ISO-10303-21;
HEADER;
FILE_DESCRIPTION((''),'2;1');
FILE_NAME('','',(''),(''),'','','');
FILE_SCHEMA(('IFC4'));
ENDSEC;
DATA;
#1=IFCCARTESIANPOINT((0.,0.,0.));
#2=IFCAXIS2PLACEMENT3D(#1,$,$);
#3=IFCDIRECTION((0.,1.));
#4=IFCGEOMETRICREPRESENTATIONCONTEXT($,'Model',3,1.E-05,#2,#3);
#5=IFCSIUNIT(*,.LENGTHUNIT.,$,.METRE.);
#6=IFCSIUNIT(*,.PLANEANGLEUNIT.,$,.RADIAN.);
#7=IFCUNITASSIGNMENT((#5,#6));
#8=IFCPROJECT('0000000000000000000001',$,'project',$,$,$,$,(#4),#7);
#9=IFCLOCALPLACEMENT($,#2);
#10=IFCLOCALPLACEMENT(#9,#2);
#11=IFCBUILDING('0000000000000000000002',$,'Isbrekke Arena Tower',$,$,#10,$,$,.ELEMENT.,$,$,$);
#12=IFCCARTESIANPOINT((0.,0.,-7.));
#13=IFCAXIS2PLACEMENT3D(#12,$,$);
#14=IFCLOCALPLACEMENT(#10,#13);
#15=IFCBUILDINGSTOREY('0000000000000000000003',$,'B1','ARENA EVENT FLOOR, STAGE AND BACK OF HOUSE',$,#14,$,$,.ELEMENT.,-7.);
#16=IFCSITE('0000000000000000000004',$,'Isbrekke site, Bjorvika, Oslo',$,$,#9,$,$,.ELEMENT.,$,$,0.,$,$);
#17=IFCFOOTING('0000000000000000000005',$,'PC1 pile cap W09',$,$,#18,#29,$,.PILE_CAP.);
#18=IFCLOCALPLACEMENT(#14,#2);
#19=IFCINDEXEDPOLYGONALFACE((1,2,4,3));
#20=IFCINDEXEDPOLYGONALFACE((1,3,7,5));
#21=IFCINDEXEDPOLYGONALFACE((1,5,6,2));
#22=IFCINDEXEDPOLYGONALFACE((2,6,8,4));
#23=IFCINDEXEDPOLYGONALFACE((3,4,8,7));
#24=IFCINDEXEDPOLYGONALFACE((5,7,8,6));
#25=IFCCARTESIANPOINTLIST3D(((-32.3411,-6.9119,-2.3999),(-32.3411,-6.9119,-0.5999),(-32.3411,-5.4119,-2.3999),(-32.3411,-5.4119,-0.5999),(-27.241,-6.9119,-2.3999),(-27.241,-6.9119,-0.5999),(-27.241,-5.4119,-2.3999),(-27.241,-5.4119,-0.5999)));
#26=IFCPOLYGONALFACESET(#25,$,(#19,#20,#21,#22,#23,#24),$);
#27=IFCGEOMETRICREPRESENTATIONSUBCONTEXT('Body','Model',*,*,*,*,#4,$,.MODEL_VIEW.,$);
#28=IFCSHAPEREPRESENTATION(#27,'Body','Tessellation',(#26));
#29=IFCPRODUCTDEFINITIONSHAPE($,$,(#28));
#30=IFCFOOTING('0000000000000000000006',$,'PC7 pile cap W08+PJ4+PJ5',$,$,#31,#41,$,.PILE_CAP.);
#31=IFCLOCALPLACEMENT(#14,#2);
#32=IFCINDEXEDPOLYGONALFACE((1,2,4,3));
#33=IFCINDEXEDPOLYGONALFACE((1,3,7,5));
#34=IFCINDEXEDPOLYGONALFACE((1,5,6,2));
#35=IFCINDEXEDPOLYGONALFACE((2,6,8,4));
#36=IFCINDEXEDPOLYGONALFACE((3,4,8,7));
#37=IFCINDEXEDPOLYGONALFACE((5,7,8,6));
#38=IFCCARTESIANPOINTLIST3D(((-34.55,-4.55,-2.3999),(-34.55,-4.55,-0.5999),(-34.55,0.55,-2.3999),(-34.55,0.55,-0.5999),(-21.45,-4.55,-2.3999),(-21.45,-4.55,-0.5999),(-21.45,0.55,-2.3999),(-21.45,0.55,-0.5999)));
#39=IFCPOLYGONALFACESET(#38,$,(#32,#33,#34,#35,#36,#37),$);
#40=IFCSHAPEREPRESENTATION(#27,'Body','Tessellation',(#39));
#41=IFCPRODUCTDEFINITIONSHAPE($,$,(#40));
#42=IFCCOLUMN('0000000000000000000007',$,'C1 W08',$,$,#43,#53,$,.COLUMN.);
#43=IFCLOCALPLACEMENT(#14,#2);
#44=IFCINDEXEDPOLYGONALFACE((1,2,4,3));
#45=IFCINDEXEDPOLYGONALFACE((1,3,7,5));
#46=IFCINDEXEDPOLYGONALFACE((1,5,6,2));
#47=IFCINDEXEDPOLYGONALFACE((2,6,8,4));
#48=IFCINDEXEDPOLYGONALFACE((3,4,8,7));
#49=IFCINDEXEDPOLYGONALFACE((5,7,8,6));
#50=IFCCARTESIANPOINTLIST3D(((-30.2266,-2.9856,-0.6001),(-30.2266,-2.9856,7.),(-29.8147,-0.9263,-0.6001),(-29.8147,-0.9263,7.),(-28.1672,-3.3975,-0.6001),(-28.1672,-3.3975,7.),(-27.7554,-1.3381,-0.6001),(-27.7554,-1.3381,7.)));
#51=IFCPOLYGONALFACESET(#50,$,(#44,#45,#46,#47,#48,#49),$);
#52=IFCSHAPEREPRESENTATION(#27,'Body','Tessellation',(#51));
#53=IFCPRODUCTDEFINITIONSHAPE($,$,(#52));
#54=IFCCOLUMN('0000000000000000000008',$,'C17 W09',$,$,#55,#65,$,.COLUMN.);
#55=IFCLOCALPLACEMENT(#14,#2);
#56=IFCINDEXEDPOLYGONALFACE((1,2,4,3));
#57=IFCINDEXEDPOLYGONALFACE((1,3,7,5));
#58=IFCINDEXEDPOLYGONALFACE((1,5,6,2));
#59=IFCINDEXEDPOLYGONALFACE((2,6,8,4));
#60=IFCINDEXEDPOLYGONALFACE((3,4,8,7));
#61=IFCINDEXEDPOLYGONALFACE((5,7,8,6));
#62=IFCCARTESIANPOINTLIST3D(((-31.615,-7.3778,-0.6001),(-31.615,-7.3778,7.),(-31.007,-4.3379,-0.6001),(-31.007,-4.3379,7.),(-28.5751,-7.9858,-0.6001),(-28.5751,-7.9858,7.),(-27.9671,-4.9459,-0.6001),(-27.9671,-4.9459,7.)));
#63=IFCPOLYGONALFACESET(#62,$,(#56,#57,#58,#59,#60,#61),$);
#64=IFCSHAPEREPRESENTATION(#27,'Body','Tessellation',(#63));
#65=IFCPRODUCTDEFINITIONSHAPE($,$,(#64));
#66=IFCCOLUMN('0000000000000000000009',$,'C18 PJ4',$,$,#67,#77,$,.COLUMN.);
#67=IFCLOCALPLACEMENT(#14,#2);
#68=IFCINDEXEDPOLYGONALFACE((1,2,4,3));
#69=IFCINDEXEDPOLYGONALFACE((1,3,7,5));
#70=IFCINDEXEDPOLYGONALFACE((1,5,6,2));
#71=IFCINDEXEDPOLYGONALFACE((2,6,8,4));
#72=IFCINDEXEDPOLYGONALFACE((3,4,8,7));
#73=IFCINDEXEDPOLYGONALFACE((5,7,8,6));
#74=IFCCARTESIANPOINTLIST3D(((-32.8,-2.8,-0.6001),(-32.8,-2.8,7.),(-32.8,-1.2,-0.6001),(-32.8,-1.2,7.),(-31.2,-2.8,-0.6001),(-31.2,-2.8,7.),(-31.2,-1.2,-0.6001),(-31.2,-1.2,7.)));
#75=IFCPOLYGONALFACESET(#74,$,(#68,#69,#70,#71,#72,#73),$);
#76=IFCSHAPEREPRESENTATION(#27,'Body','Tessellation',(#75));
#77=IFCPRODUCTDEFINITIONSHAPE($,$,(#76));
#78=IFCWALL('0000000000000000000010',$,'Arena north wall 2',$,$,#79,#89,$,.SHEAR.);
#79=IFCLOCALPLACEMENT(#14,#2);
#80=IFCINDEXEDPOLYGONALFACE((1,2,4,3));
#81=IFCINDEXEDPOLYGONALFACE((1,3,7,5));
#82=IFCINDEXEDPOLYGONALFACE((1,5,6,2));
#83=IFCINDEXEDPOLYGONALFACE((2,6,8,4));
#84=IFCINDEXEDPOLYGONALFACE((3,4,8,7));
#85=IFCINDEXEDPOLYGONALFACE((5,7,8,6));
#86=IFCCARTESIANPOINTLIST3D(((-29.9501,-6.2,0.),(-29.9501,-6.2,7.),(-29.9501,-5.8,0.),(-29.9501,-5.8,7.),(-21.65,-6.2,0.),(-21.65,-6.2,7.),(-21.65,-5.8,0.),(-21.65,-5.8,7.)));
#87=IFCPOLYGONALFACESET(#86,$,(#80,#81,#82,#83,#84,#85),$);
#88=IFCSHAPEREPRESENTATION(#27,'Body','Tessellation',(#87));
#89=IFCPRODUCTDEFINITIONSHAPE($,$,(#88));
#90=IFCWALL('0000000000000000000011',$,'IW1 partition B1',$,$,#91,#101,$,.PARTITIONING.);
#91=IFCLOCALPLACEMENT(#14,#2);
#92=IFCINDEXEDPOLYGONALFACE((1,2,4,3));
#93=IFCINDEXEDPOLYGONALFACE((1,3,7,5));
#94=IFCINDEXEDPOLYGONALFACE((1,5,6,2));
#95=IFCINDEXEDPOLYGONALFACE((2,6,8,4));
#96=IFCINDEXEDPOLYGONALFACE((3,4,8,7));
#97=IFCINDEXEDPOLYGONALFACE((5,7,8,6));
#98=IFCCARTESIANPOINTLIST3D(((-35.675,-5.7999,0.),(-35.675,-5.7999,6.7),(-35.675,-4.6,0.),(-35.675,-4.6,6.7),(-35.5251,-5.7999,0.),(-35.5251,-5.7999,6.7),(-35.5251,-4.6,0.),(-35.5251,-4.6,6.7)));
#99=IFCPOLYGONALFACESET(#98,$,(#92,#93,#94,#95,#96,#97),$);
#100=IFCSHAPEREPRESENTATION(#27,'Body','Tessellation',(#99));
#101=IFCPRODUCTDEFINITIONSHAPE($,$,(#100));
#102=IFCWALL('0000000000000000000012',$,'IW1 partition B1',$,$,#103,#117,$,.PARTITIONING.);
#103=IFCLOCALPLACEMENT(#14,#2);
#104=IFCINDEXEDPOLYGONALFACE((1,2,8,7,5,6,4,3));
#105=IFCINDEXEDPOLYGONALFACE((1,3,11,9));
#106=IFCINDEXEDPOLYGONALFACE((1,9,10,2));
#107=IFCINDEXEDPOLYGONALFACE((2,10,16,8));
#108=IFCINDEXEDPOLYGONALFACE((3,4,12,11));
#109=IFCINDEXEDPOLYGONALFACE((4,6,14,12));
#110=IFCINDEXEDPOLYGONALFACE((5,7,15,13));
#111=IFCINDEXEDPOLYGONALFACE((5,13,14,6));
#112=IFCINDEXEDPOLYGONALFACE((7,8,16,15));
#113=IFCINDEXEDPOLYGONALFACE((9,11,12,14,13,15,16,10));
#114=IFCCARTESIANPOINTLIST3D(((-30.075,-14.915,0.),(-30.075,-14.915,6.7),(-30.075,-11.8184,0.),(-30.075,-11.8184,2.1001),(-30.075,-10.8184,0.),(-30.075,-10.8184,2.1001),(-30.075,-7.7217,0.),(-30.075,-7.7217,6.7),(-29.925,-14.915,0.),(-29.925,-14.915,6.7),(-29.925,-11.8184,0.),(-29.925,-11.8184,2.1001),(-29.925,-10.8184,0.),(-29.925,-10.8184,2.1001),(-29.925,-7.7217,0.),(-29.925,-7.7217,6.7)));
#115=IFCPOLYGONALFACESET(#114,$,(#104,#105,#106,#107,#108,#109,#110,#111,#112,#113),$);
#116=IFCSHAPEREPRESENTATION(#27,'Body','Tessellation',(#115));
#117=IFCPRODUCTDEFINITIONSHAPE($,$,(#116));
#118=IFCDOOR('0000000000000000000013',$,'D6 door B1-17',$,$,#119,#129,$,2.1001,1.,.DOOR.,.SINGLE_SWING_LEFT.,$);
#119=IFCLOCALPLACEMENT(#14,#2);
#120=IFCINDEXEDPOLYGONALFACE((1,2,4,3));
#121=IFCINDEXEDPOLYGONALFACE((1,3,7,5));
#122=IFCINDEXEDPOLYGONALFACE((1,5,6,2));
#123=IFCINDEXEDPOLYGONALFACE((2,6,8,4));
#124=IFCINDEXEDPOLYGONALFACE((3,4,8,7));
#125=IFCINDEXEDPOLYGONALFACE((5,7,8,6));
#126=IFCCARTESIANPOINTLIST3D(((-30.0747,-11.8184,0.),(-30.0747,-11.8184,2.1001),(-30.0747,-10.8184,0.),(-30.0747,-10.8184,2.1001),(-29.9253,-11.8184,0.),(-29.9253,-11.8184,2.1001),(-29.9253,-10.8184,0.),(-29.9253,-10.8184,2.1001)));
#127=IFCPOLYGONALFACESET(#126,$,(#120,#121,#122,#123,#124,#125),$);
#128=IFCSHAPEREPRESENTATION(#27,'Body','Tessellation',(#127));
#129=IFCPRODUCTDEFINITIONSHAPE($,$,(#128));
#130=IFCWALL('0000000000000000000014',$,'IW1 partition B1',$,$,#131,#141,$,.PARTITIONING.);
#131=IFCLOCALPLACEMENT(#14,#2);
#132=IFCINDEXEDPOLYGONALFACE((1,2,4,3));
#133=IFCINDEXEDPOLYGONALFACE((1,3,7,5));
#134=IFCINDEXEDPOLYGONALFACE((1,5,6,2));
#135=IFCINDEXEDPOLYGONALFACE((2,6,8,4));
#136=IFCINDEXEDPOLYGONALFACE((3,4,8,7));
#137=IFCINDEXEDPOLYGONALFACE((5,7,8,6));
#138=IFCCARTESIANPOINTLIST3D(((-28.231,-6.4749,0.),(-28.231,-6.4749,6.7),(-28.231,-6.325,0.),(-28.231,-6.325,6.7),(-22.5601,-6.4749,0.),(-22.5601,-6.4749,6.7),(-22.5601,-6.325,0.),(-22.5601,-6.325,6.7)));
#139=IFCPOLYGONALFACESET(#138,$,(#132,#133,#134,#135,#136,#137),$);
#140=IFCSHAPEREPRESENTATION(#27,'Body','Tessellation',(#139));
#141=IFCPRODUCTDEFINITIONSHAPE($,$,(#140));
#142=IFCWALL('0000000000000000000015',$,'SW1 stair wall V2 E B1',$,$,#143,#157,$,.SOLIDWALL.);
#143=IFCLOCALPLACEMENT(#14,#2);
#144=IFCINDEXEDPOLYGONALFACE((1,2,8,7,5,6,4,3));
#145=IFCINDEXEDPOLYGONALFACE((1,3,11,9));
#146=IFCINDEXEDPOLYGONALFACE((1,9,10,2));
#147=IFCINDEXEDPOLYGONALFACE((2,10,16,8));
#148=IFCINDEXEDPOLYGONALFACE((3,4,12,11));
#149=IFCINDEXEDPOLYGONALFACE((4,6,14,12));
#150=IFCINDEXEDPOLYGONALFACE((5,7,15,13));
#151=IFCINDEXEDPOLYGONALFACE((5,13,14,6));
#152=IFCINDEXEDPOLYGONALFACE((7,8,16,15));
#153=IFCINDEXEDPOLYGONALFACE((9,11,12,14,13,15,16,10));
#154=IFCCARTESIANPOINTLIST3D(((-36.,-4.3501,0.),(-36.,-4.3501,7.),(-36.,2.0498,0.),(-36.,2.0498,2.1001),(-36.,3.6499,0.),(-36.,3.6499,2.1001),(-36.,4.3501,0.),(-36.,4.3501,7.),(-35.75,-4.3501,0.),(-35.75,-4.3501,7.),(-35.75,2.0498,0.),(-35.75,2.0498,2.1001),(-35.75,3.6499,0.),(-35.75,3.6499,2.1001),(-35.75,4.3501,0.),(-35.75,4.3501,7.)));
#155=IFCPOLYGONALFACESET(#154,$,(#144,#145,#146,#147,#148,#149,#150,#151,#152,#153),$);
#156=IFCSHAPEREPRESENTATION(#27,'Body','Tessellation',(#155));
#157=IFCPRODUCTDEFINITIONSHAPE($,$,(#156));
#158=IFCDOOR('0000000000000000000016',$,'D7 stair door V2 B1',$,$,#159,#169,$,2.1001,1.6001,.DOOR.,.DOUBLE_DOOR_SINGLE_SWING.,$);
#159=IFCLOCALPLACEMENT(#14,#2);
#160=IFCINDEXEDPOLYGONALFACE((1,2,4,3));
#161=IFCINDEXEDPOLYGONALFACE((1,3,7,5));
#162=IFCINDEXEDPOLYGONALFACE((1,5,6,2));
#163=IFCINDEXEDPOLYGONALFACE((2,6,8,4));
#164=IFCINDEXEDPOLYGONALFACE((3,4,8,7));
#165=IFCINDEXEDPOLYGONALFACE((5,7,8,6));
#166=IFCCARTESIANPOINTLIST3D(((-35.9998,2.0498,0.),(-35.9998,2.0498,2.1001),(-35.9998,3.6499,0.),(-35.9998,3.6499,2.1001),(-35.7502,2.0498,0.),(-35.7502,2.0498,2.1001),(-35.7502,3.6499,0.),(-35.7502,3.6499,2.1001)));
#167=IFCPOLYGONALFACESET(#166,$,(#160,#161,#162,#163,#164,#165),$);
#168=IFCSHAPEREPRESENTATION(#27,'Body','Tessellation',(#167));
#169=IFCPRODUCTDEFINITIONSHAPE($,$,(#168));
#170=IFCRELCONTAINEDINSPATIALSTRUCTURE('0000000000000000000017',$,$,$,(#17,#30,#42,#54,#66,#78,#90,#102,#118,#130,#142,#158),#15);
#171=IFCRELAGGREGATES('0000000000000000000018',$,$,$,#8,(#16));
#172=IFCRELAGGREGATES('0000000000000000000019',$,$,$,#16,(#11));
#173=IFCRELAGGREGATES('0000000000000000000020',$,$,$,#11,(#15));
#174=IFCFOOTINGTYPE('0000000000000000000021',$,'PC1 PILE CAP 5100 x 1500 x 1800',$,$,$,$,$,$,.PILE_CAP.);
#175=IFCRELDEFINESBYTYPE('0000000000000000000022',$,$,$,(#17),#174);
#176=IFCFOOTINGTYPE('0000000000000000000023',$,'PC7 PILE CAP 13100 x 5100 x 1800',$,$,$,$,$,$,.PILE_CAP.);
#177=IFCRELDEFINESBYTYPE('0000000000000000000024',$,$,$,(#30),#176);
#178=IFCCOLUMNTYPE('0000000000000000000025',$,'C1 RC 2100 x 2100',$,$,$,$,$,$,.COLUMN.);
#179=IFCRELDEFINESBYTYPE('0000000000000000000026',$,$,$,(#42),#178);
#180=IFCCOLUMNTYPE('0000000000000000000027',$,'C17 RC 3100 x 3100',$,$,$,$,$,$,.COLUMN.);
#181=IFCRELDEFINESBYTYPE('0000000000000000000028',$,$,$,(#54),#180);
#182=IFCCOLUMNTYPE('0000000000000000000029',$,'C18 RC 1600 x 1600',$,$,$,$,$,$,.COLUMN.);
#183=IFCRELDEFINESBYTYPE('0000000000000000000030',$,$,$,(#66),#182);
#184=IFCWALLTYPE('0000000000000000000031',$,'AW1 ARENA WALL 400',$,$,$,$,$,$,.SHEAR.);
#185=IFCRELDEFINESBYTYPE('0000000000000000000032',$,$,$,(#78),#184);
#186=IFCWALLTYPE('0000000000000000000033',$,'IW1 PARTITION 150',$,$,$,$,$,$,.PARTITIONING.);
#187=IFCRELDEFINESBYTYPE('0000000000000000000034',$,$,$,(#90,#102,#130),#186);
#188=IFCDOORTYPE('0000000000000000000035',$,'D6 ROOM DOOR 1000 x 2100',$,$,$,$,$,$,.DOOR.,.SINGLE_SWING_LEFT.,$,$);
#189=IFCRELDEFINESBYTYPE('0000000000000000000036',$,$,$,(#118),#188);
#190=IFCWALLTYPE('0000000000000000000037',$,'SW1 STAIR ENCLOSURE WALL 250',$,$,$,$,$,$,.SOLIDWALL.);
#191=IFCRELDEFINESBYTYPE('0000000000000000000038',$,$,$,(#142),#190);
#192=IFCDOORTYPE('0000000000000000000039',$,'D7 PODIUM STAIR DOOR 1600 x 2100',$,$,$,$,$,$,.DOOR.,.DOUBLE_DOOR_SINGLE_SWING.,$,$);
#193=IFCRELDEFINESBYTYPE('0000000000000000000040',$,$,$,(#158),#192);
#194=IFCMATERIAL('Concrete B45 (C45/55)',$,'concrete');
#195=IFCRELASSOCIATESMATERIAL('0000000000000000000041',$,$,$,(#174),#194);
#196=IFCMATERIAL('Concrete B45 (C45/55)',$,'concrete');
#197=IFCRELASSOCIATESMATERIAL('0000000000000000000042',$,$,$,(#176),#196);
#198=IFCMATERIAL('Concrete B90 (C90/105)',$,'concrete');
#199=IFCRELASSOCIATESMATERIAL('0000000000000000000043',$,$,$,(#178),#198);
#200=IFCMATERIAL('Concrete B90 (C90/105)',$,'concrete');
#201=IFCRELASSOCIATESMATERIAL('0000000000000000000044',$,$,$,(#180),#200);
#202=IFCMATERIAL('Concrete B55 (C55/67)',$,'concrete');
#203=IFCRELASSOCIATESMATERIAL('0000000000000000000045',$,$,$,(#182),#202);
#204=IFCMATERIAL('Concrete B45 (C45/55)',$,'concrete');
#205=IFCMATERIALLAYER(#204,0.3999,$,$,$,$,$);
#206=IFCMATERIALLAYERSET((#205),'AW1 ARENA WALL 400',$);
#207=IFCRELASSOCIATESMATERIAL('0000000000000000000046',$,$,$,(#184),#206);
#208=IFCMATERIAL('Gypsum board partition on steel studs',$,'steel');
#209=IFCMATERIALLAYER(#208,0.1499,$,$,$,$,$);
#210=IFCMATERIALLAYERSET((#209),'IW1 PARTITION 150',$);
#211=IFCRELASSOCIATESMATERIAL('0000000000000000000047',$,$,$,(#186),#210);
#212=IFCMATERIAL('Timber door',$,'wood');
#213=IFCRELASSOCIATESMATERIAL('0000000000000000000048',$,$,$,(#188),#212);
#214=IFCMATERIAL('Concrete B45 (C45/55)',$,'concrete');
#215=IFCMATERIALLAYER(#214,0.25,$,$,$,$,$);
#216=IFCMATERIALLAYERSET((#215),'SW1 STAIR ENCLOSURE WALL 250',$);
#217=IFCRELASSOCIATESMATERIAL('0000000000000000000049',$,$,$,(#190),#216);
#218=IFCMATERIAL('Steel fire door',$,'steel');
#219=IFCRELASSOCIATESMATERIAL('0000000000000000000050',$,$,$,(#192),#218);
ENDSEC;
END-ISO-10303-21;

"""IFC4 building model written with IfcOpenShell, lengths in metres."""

from ifc_helpers import new_model, si_unit, direction, frame, frame_2d, origin, origin_2d, place, context, subcontext, project, spatial, rectangle, extrude, material, layer, layer_set, material_profile, profile_set, type_object, element, fill, save


model = new_model("IFC4")

# Units and contexts
model_context = context("Model", 3, precision=1e-05, world=origin(), true_north=direction((0.0, 1.0)))
body_context = subcontext(model_context, "Body", "Model", "MODEL_VIEW")
ifc_project = project(units=[si_unit("LENGTHUNIT", "METRE"), si_unit("PLANEANGLEUNIT", "RADIAN")], contexts=[model_context])

# Site, building, storey
site_placement = place(None, origin())
site = spatial("IfcSite", under=ifc_project, at=site_placement, Name="Isbrekke site, Bjorvika, Oslo", CompositionType="ELEMENT", RefElevation=0.0)
building_placement = place(site_placement, origin())
building = spatial("IfcBuilding", under=site, at=building_placement, Name="Isbrekke Arena Tower", CompositionType="ELEMENT")
storey_placement = place(building_placement, frame((0.0, 0.0, -7.0)))
storey = spatial("IfcBuildingStorey", under=building, at=storey_placement, Name="B1", Description="ARENA EVENT FLOOR, STAGE AND BACK OF HOUSE", CompositionType="ELEMENT", Elevation=-7.0)

# Footings
ifc_material_1 = material(Name="Concrete B45 (C45/55)", Category="concrete")
footing_type_1 = type_object("IfcFootingType", Name="PC1 PILE CAP 5100 x 1500 x 1800", PredefinedType="PILE_CAP", material=ifc_material_1)
footing_1_placement = place(storey_placement, frame((-29.791, -6.1619, -2.3999), z_axis=(0.0, 0.0, 1.0), x_axis=(1.0, 0.0, 0.0)))
element("IfcFooting", 1, at=footing_1_placement, inside=storey, type_object=footing_type_1, Name="PC1 pile cap W09", PredefinedType="PILE_CAP", context=body_context, shape_type="SweptSolid", body=[
    extrude(rectangle(XDim=5.1001, YDim=1.5, at=origin_2d()), origin(), (0.0, 0.0, 1.0), 1.8),
])
ifc_material_2 = material(Name="Concrete B45 (C45/55)", Category="concrete")
footing_type_2 = type_object("IfcFootingType", Name="PC7 PILE CAP 13100 x 5100 x 1800", PredefinedType="PILE_CAP", material=ifc_material_2)
footing_2_placement = place(storey_placement, frame((-28.0, -2.0, -2.3999), z_axis=(0.0, 0.0, 1.0), x_axis=(1.0, 0.0, 0.0)))
element("IfcFooting", 2, at=footing_2_placement, inside=storey, type_object=footing_type_2, Name="PC7 pile cap W08+PJ4+PJ5", PredefinedType="PILE_CAP", context=body_context, shape_type="SweptSolid", body=[
    extrude(rectangle(XDim=13.1001, YDim=5.1001, at=origin_2d()), origin(), (0.0, 0.0, 1.0), 1.8),
])

# Columns
ifc_material_3 = material(Name="Concrete B90 (C90/105)", Category="concrete")
ifc_material_profile_1 = material_profile(ifc_material_3, rectangle(XDim=2.1001, YDim=2.1001, at=origin_2d()), Name="RC 2100x2100")
ifc_profile_set_1 = profile_set([ifc_material_profile_1], Name="Concrete B90 (C90/105)")
column_type_1 = type_object("IfcColumnType", Name="C1 RC 2100 x 2100", PredefinedType="COLUMN", material=ifc_profile_set_1)
column_1_placement = place(storey_placement, frame((-28.991, -2.1619, -0.6001), z_axis=(0.0, 0.0, 1.0), x_axis=(-0.196116, -0.980581, 0.0)))
element("IfcColumn", 3, at=column_1_placement, inside=storey, type_object=column_type_1, Name="C1 W08", PredefinedType="COLUMN", context=body_context, shape_type="SweptSolid", body=[
    extrude(rectangle(XDim=2.1001, YDim=2.1001, at=origin_2d()), origin(), (0.0, 0.0, 1.0), 7.6001),
])
ifc_material_4 = material(Name="Concrete B90 (C90/105)", Category="concrete")
ifc_material_profile_2 = material_profile(ifc_material_4, rectangle(XDim=3.1001, YDim=3.1001, at=origin_2d()), Name="RC 3100x3100")
ifc_profile_set_2 = profile_set([ifc_material_profile_2], Name="Concrete B90 (C90/105)")
column_type_2 = type_object("IfcColumnType", Name="C17 RC 3100 x 3100", PredefinedType="COLUMN", material=ifc_profile_set_2)
column_2_placement = place(storey_placement, frame((-29.791, -6.1619, -0.6001), z_axis=(0.0, 0.0, 1.0), x_axis=(-0.196116, -0.980581, 0.0)))
element("IfcColumn", 4, at=column_2_placement, inside=storey, type_object=column_type_2, Name="C17 W09", PredefinedType="COLUMN", context=body_context, shape_type="SweptSolid", body=[
    extrude(rectangle(XDim=3.1001, YDim=3.1001, at=origin_2d()), origin(), (0.0, 0.0, 1.0), 7.6001),
])
ifc_material_5 = material(Name="Concrete B55 (C55/67)", Category="concrete")
ifc_material_profile_3 = material_profile(ifc_material_5, rectangle(XDim=1.6001, YDim=1.6001, at=origin_2d()), Name="RC 1600x1600")
ifc_profile_set_3 = profile_set([ifc_material_profile_3], Name="Concrete B55 (C55/67)")
column_type_3 = type_object("IfcColumnType", Name="C18 RC 1600 x 1600", PredefinedType="COLUMN", material=ifc_profile_set_3)
column_3_placement = place(storey_placement, frame((-32.0, -2.0, -0.6001), z_axis=(0.0, 0.0, 1.0), x_axis=(1.0, 0.0, 0.0)))
element("IfcColumn", 5, at=column_3_placement, inside=storey, type_object=column_type_3, Name="C18 PJ4", PredefinedType="COLUMN", context=body_context, shape_type="SweptSolid", body=[
    extrude(rectangle(XDim=1.6001, YDim=1.6001, at=origin_2d()), origin(), (0.0, 0.0, 1.0), 7.6001),
])

# Walls
ifc_material_6 = material(Name="Concrete B45 (C45/55)", Category="concrete")
ifc_layer_1 = layer(ifc_material_6, 0.3999)
ifc_layer_set_1 = layer_set([ifc_layer_1], Name="AW1 ARENA WALL 400")
wall_type_1 = type_object("IfcWallType", Name="AW1 ARENA WALL 400", PredefinedType="SHEAR", material=ifc_layer_set_1)
wall_1_placement = place(storey_placement, frame((-29.95, -6.0, 0.0), z_axis=(0.0, 0.0, 1.0), x_axis=(1.0, 0.0, 0.0)))
element("IfcWall", 6, at=wall_1_placement, inside=storey, type_object=wall_type_1, Name="Arena north wall 2", PredefinedType="SHEAR", context=body_context, shape_type="SweptSolid", body=[
    extrude(rectangle(XDim=8.3, YDim=0.3999, at=frame_2d((4.1499, 0.0))), origin(), (0.0, 0.0, 1.0), 7.0),
])
ifc_material_7 = material(Name="Gypsum board partition on steel studs", Category="steel")
ifc_layer_2 = layer(ifc_material_7, 0.1499)
ifc_layer_set_2 = layer_set([ifc_layer_2], Name="IW1 PARTITION 150")
wall_type_2 = type_object("IfcWallType", Name="IW1 PARTITION 150", PredefinedType="PARTITIONING", material=ifc_layer_set_2)
wall_2_placement = place(storey_placement, frame((-35.6001, -5.8, 0.0), z_axis=(0.0, 0.0, 1.0), x_axis=(0.0, 1.0, 0.0)))
element("IfcWall", 7, at=wall_2_placement, inside=storey, type_object=wall_type_2, Name="IW1 partition B1", PredefinedType="PARTITIONING", context=body_context, shape_type="SweptSolid", body=[
    extrude(rectangle(XDim=1.2, YDim=0.1499, at=frame_2d((0.6001, 0.0))), origin(), (0.0, 0.0, 1.0), 6.7),
])

# Wall, opening, door
wall_3_placement = place(storey_placement, frame((-30.0, -14.915, 0.0), z_axis=(0.0, 0.0, 1.0), x_axis=(0.0, 1.0, 0.0)))
wall_3 = element("IfcWall", 8, at=wall_3_placement, inside=storey, type_object=wall_type_2, Name="IW1 partition B1", PredefinedType="PARTITIONING", context=body_context, shape_type="SweptSolid", body=[
    extrude(rectangle(XDim=7.1934, YDim=0.1499, at=frame_2d((3.5967, 0.0))), origin(), (0.0, 0.0, 1.0), 6.7),
])
opening_1_placement = place(wall_3_placement, frame((3.0967, 0.0, 0.0)))
opening_1 = element("IfcOpeningElement", 9, at=opening_1_placement, cuts=wall_3, PredefinedType="OPENING", context=body_context, shape_type="SweptSolid", body=[
    extrude(rectangle(XDim=1.0, YDim=2.1001, at=frame_2d((0.5, 1.05))), frame((0.0, 0.0898, 0.0), z_axis=(0.0, -1.0, 0.0), x_axis=(1.0, 0.0, 0.0)), (0.0, 0.0, 1.0), 0.1797),
])
ifc_material_8 = material(Name="Timber door", Category="wood")
door_type_1 = type_object("IfcDoorType", Name="D6 ROOM DOOR 1000 x 2100", OperationType="SINGLE_SWING_LEFT", PredefinedType="DOOR", material=ifc_material_8)
door_1_placement = place(opening_1_placement, origin())
door_1 = element("IfcDoor", 10, at=door_1_placement, inside=storey, type_object=door_type_1, Name="D6 door B1-17", OperationType="SINGLE_SWING_LEFT", OverallHeight=2.1001, OverallWidth=1.0, PredefinedType="DOOR", context=body_context, shape_type="SweptSolid", body=[
    extrude(rectangle(XDim=1.0, YDim=2.1001, at=frame_2d((0.5, 1.05))), frame((0.0, 0.0747, 0.0), z_axis=(0.0, -1.0, 0.0), x_axis=(1.0, 0.0, 0.0)), (0.0, 0.0, 1.0), 0.1494),
])
fill(opening_1, door_1)

# Wall
wall_4_placement = place(storey_placement, frame((-28.231, -6.3999, 0.0), z_axis=(0.0, 0.0, 1.0), x_axis=(1.0, 0.0, 0.0)))
element("IfcWall", 11, at=wall_4_placement, inside=storey, type_object=wall_type_2, Name="IW1 partition B1", PredefinedType="PARTITIONING", context=body_context, shape_type="SweptSolid", body=[
    extrude(rectangle(XDim=5.6709, YDim=0.1499, at=frame_2d((2.8354, 0.0))), origin(), (0.0, 0.0, 1.0), 6.7),
])

# Wall, opening, door
ifc_material_9 = material(Name="Concrete B45 (C45/55)", Category="concrete")
ifc_layer_3 = layer(ifc_material_9, 0.25)
ifc_layer_set_3 = layer_set([ifc_layer_3], Name="SW1 STAIR ENCLOSURE WALL 250")
wall_type_3 = type_object("IfcWallType", Name="SW1 STAIR ENCLOSURE WALL 250", PredefinedType="SOLIDWALL", material=ifc_layer_set_3)
wall_5_placement = place(storey_placement, frame((-35.875, -4.3501, 0.0), z_axis=(0.0, 0.0, 1.0), x_axis=(0.0, 1.0, 0.0)))
wall_5 = element("IfcWall", 12, at=wall_5_placement, inside=storey, type_object=wall_type_3, Name="SW1 stair wall V2 E B1", PredefinedType="SOLIDWALL", context=body_context, shape_type="SweptSolid", body=[
    extrude(rectangle(XDim=8.7002, YDim=0.25, at=frame_2d((4.3501, 0.0))), origin(), (0.0, 0.0, 1.0), 7.0),
])
opening_2_placement = place(wall_5_placement, frame((6.3999, 0.0, 0.0)))
opening_2 = element("IfcOpeningElement", 13, at=opening_2_placement, cuts=wall_5, PredefinedType="OPENING", context=body_context, shape_type="SweptSolid", body=[
    extrude(rectangle(XDim=1.6001, YDim=2.1001, at=frame_2d((0.8, 1.05))), frame((0.0, 0.1399, 0.0), z_axis=(0.0, -1.0, 0.0), x_axis=(1.0, 0.0, 0.0)), (0.0, 0.0, 1.0), 0.2798),
])
ifc_material_10 = material(Name="Steel fire door", Category="steel")
door_type_2 = type_object("IfcDoorType", Name="D7 PODIUM STAIR DOOR 1600 x 2100", OperationType="DOUBLE_DOOR_SINGLE_SWING", PredefinedType="DOOR", material=ifc_material_10)
door_2_placement = place(opening_2_placement, origin())
door_2 = element("IfcDoor", 14, at=door_2_placement, inside=storey, type_object=door_type_2, Name="D7 stair door V2 B1", OperationType="DOUBLE_DOOR_SINGLE_SWING", OverallHeight=2.1001, OverallWidth=1.6001, PredefinedType="DOOR", context=body_context, shape_type="SweptSolid", body=[
    extrude(rectangle(XDim=1.6001, YDim=2.1001, at=frame_2d((0.8, 1.05))), frame((0.0, 0.1248, 0.0), z_axis=(0.0, -1.0, 0.0), x_axis=(1.0, 0.0, 0.0)), (0.0, 0.0, 1.0), 0.2495),
])
fill(opening_2, door_2)

save(model, "model.ifc")
